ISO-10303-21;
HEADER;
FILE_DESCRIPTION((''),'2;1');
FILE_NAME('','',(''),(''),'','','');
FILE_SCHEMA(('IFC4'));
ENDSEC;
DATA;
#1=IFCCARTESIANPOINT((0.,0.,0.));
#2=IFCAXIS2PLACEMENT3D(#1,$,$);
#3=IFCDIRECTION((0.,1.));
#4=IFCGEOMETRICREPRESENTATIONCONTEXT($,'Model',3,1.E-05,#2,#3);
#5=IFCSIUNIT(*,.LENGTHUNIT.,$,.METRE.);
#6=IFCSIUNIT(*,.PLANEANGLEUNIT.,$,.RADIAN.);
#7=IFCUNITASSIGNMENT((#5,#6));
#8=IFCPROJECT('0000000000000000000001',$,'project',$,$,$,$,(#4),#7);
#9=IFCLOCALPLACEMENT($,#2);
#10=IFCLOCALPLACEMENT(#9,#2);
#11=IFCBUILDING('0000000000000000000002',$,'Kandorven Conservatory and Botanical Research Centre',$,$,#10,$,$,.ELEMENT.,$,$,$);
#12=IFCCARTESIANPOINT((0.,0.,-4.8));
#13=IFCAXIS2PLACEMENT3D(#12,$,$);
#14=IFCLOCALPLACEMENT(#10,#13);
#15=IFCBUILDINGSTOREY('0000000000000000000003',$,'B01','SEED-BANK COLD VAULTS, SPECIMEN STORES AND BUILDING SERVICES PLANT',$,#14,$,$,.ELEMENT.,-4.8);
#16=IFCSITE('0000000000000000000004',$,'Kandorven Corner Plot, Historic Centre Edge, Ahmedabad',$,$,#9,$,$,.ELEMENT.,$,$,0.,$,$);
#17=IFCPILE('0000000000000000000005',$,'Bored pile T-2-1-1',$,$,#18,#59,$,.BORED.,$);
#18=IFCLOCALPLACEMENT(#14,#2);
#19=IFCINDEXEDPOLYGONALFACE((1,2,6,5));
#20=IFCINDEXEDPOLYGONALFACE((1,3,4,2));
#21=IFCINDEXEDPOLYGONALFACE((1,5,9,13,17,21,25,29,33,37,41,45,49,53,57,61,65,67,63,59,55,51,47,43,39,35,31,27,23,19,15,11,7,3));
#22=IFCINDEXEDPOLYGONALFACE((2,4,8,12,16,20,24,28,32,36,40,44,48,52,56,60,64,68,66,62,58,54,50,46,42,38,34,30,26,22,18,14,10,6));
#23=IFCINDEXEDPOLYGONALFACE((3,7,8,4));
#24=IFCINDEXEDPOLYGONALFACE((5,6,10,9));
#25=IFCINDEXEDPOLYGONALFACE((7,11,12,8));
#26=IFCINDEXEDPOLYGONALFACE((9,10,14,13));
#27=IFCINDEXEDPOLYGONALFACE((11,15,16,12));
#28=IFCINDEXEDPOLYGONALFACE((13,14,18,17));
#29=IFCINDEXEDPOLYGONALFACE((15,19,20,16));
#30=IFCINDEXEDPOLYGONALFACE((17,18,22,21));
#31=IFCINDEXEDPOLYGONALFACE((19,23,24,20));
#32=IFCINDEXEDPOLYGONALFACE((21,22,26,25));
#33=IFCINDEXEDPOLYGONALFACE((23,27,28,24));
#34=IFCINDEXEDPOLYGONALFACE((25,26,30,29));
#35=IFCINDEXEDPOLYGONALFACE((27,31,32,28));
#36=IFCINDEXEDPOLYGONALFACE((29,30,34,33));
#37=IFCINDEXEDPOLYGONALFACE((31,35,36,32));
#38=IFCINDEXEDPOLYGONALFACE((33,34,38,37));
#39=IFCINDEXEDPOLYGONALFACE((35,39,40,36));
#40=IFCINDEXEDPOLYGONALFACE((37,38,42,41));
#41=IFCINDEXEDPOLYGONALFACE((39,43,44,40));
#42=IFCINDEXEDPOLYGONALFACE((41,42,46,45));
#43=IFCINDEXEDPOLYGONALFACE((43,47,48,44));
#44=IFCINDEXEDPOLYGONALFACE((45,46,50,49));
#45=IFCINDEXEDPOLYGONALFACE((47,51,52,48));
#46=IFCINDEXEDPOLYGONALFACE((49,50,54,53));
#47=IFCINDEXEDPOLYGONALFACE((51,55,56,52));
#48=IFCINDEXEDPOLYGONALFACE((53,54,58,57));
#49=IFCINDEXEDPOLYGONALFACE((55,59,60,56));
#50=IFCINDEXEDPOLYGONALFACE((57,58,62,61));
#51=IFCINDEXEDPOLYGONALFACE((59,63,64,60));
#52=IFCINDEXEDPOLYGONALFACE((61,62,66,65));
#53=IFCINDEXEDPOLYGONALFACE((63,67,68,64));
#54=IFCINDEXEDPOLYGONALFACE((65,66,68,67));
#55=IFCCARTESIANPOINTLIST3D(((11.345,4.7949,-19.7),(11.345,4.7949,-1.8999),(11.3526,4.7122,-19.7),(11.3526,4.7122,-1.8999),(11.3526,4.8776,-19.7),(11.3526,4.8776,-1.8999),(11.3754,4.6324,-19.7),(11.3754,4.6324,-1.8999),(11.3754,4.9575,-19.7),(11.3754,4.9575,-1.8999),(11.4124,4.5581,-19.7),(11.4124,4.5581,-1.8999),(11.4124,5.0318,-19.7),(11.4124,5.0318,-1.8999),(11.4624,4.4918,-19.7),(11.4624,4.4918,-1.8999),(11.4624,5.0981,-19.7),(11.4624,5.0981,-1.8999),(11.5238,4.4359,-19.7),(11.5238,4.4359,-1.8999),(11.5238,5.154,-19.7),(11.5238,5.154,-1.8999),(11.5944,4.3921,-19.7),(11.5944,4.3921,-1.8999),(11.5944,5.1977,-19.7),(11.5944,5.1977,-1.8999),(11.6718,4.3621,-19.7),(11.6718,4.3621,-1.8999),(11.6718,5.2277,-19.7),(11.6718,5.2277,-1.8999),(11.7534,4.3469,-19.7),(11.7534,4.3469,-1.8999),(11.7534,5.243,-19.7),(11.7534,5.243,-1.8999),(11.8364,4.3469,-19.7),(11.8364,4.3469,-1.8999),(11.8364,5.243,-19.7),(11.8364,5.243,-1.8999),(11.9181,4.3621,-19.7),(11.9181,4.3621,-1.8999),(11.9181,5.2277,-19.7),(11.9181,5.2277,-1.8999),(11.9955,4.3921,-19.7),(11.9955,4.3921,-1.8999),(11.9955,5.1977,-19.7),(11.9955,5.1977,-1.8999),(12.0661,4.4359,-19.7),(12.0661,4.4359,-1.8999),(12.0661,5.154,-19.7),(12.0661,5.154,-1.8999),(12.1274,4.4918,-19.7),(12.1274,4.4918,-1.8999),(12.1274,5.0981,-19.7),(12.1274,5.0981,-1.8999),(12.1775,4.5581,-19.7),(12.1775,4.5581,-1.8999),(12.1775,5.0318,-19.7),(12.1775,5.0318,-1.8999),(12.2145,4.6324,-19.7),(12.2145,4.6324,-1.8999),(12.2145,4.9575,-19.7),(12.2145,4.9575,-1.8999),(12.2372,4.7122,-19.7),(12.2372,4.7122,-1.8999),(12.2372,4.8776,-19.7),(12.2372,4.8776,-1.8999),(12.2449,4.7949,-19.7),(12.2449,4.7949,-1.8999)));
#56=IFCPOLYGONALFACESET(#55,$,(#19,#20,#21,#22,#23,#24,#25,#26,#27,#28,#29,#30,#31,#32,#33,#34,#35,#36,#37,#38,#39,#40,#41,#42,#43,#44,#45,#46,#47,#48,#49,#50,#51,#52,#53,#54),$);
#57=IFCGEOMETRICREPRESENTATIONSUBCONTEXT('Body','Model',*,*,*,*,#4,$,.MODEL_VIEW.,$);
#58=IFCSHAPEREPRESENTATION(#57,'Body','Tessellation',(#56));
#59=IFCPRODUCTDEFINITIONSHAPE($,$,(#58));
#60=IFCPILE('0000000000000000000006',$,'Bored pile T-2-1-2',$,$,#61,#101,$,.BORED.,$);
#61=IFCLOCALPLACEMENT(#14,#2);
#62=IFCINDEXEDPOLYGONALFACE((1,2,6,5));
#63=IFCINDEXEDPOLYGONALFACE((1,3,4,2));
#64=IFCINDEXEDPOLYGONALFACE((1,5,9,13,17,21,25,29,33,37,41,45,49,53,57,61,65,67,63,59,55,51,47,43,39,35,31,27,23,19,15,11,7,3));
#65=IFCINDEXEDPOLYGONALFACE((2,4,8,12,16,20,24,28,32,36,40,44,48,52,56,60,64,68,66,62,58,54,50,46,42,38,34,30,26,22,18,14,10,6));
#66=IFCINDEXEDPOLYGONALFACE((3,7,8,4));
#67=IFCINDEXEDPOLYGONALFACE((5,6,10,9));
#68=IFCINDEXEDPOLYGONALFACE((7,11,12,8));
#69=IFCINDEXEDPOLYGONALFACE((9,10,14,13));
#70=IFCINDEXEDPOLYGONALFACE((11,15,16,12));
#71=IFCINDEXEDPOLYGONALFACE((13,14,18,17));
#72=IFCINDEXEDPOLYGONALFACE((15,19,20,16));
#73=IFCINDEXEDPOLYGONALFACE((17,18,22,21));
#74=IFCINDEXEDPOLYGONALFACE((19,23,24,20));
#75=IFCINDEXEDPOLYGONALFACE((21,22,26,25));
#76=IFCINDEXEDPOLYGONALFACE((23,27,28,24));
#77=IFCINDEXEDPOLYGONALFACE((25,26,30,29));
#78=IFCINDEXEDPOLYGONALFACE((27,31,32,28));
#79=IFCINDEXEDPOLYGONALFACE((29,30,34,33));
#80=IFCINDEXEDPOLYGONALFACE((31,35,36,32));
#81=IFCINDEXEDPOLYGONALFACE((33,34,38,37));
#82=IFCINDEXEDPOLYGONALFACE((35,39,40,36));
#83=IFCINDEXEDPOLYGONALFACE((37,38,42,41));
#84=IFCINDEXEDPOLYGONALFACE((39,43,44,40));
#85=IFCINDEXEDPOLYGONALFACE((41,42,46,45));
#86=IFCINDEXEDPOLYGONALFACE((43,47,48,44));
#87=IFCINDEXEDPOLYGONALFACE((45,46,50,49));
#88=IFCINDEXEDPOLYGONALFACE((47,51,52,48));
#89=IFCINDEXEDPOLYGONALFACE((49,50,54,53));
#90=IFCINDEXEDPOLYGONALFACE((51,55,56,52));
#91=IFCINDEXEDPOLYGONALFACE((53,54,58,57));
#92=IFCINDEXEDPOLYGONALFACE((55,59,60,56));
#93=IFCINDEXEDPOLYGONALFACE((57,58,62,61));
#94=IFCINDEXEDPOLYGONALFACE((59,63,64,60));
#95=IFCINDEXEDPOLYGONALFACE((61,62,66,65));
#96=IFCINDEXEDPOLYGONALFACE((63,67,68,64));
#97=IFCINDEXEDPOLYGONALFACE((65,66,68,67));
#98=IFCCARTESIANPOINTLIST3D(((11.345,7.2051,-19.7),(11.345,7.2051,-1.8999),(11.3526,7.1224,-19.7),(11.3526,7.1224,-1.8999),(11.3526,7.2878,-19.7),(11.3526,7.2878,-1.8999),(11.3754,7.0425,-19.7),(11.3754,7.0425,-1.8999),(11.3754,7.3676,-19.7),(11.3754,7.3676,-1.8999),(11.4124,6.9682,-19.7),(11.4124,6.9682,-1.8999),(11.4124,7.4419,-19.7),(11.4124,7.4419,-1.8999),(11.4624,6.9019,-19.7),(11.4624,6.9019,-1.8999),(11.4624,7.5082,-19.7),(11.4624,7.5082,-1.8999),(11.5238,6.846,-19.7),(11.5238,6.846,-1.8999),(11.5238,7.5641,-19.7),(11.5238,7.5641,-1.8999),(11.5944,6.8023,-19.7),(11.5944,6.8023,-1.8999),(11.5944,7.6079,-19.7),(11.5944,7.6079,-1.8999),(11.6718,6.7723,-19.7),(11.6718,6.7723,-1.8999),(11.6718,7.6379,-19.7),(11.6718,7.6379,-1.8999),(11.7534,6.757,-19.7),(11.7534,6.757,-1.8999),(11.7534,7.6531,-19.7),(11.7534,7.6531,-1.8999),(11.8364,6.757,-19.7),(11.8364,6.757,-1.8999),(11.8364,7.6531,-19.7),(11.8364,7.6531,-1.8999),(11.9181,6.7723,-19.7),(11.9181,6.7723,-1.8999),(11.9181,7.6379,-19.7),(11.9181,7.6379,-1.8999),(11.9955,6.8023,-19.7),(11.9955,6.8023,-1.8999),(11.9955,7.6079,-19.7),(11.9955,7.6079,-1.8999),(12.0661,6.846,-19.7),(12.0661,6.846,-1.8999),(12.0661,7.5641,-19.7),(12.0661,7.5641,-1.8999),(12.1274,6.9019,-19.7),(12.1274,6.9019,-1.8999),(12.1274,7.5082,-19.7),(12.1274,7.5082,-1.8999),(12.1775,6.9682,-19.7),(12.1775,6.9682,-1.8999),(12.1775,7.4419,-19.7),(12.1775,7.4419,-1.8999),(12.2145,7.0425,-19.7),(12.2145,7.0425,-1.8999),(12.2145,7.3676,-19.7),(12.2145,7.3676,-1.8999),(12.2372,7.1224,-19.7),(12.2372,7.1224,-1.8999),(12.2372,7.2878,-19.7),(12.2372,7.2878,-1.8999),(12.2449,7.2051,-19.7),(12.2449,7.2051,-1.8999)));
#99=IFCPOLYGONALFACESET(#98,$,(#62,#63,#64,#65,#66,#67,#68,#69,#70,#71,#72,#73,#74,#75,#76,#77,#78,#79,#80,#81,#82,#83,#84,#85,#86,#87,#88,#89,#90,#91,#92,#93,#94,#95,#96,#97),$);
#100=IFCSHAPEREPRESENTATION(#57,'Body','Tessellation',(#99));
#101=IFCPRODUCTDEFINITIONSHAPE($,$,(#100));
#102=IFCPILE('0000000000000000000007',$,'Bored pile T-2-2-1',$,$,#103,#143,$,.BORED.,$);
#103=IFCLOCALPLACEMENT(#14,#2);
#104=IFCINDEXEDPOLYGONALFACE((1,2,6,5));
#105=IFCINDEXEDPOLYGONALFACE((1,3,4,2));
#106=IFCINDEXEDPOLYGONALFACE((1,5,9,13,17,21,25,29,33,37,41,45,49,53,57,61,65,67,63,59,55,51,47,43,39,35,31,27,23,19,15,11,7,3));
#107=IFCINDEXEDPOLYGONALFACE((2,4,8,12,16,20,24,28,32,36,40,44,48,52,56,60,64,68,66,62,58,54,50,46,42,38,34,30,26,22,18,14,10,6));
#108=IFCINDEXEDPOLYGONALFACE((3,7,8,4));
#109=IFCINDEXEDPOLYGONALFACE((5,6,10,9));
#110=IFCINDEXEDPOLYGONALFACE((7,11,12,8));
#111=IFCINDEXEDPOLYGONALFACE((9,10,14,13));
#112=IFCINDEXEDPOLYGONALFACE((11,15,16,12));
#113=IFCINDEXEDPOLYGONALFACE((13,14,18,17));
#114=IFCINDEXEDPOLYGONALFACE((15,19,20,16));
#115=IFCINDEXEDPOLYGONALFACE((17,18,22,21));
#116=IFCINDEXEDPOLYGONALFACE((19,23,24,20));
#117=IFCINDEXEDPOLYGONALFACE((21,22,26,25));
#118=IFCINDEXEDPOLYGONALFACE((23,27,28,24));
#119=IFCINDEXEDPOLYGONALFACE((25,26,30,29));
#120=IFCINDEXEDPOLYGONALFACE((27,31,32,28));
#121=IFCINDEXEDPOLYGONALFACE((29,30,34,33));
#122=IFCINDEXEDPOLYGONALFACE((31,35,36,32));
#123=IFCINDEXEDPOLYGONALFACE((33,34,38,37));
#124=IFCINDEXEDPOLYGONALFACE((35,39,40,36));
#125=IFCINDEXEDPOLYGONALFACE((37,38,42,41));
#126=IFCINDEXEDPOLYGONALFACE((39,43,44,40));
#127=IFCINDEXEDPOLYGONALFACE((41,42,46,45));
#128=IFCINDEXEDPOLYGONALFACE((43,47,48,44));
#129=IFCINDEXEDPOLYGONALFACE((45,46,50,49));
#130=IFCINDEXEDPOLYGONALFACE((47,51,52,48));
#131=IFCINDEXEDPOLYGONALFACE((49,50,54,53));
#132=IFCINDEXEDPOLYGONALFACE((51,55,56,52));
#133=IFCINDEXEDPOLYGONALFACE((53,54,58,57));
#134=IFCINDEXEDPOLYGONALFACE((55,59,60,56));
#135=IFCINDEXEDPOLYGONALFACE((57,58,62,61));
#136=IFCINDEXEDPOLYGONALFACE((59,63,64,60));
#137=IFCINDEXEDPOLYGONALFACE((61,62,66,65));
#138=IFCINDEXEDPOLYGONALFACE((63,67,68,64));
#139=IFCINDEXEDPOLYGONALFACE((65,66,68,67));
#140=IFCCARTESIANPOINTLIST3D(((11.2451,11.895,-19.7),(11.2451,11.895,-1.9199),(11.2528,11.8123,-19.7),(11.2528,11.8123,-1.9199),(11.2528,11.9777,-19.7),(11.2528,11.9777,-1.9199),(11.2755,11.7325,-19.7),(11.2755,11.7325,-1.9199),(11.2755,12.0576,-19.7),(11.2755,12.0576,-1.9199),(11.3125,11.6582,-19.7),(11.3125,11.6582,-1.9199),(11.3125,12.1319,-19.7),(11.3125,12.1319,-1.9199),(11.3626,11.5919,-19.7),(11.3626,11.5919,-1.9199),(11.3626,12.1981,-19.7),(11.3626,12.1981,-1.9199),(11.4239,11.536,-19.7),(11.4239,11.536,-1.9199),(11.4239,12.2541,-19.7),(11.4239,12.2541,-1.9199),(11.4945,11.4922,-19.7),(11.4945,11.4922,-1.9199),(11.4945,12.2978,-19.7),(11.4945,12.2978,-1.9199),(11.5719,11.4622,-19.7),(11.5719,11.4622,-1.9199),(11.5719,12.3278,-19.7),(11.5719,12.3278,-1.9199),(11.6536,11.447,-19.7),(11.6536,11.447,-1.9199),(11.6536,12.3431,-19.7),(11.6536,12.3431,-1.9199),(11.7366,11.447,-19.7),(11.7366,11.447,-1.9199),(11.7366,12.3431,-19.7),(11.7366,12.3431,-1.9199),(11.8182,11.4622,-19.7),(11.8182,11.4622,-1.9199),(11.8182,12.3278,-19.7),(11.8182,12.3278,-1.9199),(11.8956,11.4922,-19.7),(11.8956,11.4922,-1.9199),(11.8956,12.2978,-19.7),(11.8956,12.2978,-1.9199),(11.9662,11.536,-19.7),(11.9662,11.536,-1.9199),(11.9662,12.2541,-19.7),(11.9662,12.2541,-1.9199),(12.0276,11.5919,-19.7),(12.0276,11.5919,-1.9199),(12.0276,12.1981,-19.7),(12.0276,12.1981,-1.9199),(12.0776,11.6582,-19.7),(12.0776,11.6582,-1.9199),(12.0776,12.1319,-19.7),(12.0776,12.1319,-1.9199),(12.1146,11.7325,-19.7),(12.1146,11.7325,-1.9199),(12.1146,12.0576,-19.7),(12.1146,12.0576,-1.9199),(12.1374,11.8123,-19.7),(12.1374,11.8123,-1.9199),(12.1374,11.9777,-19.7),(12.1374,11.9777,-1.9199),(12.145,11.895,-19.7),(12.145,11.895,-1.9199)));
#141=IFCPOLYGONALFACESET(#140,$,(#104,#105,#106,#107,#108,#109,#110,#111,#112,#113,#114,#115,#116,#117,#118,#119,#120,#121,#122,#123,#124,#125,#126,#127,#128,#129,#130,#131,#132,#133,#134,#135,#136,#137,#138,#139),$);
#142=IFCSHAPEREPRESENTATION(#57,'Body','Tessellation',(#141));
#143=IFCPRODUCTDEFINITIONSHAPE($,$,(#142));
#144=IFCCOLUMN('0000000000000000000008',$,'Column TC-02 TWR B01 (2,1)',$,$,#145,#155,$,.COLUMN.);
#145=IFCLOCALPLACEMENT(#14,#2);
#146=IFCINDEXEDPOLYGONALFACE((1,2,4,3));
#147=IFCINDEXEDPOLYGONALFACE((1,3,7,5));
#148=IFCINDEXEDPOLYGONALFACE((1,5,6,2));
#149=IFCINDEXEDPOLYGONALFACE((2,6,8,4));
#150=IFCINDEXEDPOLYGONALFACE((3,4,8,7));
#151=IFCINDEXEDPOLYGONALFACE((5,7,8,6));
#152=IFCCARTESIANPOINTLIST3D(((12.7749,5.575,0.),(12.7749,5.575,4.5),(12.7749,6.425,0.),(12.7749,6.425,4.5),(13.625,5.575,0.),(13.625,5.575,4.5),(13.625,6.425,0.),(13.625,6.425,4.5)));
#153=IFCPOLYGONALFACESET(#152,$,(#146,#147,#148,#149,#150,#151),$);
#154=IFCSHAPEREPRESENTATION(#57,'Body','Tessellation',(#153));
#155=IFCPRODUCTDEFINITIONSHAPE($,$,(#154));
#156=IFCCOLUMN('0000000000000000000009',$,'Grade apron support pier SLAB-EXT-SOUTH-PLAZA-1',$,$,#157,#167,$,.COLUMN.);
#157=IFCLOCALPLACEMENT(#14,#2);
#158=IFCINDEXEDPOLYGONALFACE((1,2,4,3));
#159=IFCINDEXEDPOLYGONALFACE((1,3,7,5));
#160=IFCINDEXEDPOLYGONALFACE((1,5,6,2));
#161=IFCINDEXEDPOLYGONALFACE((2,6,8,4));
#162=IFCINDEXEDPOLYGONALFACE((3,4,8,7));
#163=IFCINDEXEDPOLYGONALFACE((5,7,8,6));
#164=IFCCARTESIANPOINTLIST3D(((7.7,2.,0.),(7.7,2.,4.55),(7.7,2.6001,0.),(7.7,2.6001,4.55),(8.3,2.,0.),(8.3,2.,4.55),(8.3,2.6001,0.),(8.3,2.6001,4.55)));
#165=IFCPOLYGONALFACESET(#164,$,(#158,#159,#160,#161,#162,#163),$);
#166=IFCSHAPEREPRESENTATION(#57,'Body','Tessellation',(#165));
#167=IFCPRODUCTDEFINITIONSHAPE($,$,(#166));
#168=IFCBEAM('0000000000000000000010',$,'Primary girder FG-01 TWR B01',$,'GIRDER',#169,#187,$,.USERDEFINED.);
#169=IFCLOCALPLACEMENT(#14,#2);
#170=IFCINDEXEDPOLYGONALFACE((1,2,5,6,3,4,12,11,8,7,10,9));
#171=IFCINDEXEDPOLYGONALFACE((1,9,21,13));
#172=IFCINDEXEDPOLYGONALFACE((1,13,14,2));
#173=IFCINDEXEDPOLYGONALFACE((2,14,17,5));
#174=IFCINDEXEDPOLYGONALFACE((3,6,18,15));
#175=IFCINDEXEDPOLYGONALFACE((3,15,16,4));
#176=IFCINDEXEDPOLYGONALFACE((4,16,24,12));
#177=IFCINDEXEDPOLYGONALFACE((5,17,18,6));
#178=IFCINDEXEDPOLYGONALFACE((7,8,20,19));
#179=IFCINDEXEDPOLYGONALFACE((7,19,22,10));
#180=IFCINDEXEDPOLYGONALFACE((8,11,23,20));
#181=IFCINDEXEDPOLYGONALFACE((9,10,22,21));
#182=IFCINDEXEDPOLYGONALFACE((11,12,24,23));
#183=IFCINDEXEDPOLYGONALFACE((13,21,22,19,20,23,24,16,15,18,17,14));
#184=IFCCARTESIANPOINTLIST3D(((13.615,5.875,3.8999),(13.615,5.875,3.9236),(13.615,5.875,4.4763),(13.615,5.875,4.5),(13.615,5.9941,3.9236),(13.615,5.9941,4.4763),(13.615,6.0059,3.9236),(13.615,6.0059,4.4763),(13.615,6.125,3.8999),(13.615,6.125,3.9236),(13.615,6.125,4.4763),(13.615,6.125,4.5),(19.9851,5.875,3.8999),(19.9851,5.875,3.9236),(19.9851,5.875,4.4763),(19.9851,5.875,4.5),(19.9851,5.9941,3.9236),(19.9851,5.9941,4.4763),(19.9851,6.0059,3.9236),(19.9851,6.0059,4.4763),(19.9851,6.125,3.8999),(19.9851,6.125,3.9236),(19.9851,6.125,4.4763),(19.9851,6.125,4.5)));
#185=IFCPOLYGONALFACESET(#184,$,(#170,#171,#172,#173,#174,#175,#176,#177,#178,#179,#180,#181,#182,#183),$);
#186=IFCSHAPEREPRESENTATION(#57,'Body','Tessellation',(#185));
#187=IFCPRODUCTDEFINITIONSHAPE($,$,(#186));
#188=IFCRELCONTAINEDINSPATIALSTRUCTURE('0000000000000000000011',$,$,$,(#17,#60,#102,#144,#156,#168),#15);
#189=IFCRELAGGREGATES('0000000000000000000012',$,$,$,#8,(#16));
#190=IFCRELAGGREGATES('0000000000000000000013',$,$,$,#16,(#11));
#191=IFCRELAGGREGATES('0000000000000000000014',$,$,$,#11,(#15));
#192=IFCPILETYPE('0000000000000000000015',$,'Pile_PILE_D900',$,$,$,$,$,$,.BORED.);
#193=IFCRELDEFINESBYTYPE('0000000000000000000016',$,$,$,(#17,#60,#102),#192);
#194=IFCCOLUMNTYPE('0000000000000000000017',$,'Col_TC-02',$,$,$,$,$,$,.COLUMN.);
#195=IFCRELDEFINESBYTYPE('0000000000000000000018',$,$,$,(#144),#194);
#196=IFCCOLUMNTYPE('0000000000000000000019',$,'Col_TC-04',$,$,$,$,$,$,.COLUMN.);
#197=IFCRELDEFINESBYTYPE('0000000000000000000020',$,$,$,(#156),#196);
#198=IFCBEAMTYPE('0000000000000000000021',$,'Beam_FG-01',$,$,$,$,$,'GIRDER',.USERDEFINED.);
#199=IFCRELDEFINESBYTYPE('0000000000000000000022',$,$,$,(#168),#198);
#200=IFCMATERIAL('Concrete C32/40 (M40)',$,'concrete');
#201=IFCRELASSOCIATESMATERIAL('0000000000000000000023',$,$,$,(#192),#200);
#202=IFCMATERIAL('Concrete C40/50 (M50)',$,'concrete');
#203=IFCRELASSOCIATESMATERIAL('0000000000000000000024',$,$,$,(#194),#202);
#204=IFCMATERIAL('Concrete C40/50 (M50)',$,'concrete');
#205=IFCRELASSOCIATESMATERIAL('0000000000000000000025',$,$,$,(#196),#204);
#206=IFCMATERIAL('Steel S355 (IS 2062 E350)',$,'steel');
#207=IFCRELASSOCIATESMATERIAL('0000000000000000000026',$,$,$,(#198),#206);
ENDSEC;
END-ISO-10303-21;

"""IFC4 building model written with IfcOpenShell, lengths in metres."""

from ifc_helpers import new_model, si_unit, direction, frame, origin, origin_2d, place, context, subcontext, project, spatial, rectangle, circle, i_section, extrude, material, material_profile, profile_set, type_object, element, save


model = new_model("IFC4")

# Units and contexts
model_context = context("Model", 3, precision=1e-05, world=origin(), true_north=direction((0.0, 1.0)))
body_context = subcontext(model_context, "Body", "Model", "MODEL_VIEW")
ifc_project = project(units=[si_unit("LENGTHUNIT", "METRE"), si_unit("PLANEANGLEUNIT", "RADIAN")], contexts=[model_context])

# Site, building, storey
site_placement = place(None, origin())
site = spatial("IfcSite", under=ifc_project, at=site_placement, Name="Kandorven Corner Plot, Historic Centre Edge, Ahmedabad", CompositionType="ELEMENT", RefElevation=0.0)
building_placement = place(site_placement, origin())
building = spatial("IfcBuilding", under=site, at=building_placement, Name="Kandorven Conservatory and Botanical Research Centre", CompositionType="ELEMENT")
storey_placement = place(building_placement, frame((0.0, 0.0, -4.8)))
storey = spatial("IfcBuildingStorey", under=building, at=storey_placement, Name="B01", Description="SEED-BANK COLD VAULTS, SPECIMEN STORES AND BUILDING SERVICES PLANT", CompositionType="ELEMENT", Elevation=-4.8)

# Piles
ifc_material_1 = material(Name="Concrete C32/40 (M40)", Category="concrete")
ifc_material_profile_1 = material_profile(ifc_material_1, circle(Radius=0.45, at=origin_2d()))
ifc_profile_set_1 = profile_set([ifc_material_profile_1], Name="Concrete C32/40 (M40)")
pile_type = type_object("IfcPileType", Name="Pile_PILE_D900", PredefinedType="BORED", material=ifc_profile_set_1)
for number, where, z_axis, x_axis, name in (
    (1, (11.7949, 4.7949, -1.8999), (0.0, 0.0, -1.0), (1.0, 0.0, 0.0), "Bored pile T-2-1-1"),
    (2, (11.7949, 7.2051, -1.8999), (0.0, 0.0, -1.0), (1.0, 0.0, 0.0), "Bored pile T-2-1-2"),
):
    element("IfcPile", number, at=place(storey_placement, frame(where, z_axis=z_axis, x_axis=x_axis)), inside=storey, type_object=pile_type, Name=name, PredefinedType="BORED", context=body_context, shape_type="SweptSolid", body=[
        extrude(circle(Radius=0.45, at=origin_2d()), origin(), (0.0, 0.0, 1.0), 17.8),
    ])
pile_placement = place(storey_placement, frame((11.6951, 11.895, -1.9199), z_axis=(0.0, 0.0, -1.0), x_axis=(1.0, 0.0, 0.0)))
element("IfcPile", 3, at=pile_placement, inside=storey, type_object=pile_type, Name="Bored pile T-2-2-1", PredefinedType="BORED", context=body_context, shape_type="SweptSolid", body=[
    extrude(circle(Radius=0.45, at=origin_2d()), origin(), (0.0, 0.0, 1.0), 17.78),
])

# Columns
ifc_material_2 = material(Name="Concrete C40/50 (M50)", Category="concrete")
ifc_material_profile_2 = material_profile(ifc_material_2, rectangle(XDim=0.8501, YDim=0.8501, at=origin_2d()))
ifc_profile_set_2 = profile_set([ifc_material_profile_2], Name="Concrete C40/50 (M50)")
column_type_1 = type_object("IfcColumnType", Name="Col_TC-02", PredefinedType="COLUMN", material=ifc_profile_set_2)
column_1_placement = place(storey_placement, frame((13.2, 6.0, 0.0), z_axis=(0.0, 0.0, 1.0), x_axis=(1.0, 0.0, 0.0)))
element("IfcColumn", 4, at=column_1_placement, inside=storey, type_object=column_type_1, Name="Column TC-02 TWR B01 (2,1)", PredefinedType="COLUMN", context=body_context, shape_type="SweptSolid", body=[
    extrude(rectangle(XDim=0.8501, YDim=0.8501, at=origin_2d()), origin(), (0.0, 0.0, 1.0), 4.5),
])
ifc_material_3 = material(Name="Concrete C40/50 (M50)", Category="concrete")
ifc_material_profile_3 = material_profile(ifc_material_3, rectangle(XDim=0.6001, YDim=0.6001, at=origin_2d()))
ifc_profile_set_3 = profile_set([ifc_material_profile_3], Name="Concrete C40/50 (M50)")
column_type_2 = type_object("IfcColumnType", Name="Col_TC-04", PredefinedType="COLUMN", material=ifc_profile_set_3)
column_2_placement = place(storey_placement, frame((8.0, 2.3, 0.0), z_axis=(0.0, 0.0, 1.0), x_axis=(1.0, 0.0, 0.0)))
element("IfcColumn", 5, at=column_2_placement, inside=storey, type_object=column_type_2, Name="Grade apron support pier SLAB-EXT-SOUTH-PLAZA-1", PredefinedType="COLUMN", context=body_context, shape_type="SweptSolid", body=[
    extrude(rectangle(XDim=0.6001, YDim=0.6001, at=origin_2d()), origin(), (0.0, 0.0, 1.0), 4.55),
])

# Beam
ifc_material_4 = material(Name="Steel S355 (IS 2062 E350)", Category="steel")
ifc_material_profile_4 = material_profile(ifc_material_4, i_section(OverallWidth=0.25, OverallDepth=0.6001, WebThickness=0.0117, FlangeThickness=0.0237, at=origin_2d()))
ifc_profile_set_4 = profile_set([ifc_material_profile_4], Name="Steel S355 (IS 2062 E350)")
beam_type_1 = type_object("IfcBeamType", Name="Beam_FG-01", ElementType="GIRDER", PredefinedType="USERDEFINED", material=ifc_profile_set_4)
beam_1_placement = place(storey_placement, frame((13.615, 6.0, 4.2), z_axis=(1.0, 0.0, 0.0), x_axis=(0.0, 1.0, 0.0)))
element("IfcBeam", 6, at=beam_1_placement, inside=storey, type_object=beam_type_1, Name="Primary girder FG-01 TWR B01", ObjectType="GIRDER", PredefinedType="USERDEFINED", context=body_context, shape_type="SweptSolid", body=[
    extrude(i_section(OverallWidth=0.25, OverallDepth=0.6001, WebThickness=0.0117, FlangeThickness=0.0237, at=origin_2d()), origin(), (0.0, 0.0, 1.0), 6.3701),
])

save(model, "model.ifc")
